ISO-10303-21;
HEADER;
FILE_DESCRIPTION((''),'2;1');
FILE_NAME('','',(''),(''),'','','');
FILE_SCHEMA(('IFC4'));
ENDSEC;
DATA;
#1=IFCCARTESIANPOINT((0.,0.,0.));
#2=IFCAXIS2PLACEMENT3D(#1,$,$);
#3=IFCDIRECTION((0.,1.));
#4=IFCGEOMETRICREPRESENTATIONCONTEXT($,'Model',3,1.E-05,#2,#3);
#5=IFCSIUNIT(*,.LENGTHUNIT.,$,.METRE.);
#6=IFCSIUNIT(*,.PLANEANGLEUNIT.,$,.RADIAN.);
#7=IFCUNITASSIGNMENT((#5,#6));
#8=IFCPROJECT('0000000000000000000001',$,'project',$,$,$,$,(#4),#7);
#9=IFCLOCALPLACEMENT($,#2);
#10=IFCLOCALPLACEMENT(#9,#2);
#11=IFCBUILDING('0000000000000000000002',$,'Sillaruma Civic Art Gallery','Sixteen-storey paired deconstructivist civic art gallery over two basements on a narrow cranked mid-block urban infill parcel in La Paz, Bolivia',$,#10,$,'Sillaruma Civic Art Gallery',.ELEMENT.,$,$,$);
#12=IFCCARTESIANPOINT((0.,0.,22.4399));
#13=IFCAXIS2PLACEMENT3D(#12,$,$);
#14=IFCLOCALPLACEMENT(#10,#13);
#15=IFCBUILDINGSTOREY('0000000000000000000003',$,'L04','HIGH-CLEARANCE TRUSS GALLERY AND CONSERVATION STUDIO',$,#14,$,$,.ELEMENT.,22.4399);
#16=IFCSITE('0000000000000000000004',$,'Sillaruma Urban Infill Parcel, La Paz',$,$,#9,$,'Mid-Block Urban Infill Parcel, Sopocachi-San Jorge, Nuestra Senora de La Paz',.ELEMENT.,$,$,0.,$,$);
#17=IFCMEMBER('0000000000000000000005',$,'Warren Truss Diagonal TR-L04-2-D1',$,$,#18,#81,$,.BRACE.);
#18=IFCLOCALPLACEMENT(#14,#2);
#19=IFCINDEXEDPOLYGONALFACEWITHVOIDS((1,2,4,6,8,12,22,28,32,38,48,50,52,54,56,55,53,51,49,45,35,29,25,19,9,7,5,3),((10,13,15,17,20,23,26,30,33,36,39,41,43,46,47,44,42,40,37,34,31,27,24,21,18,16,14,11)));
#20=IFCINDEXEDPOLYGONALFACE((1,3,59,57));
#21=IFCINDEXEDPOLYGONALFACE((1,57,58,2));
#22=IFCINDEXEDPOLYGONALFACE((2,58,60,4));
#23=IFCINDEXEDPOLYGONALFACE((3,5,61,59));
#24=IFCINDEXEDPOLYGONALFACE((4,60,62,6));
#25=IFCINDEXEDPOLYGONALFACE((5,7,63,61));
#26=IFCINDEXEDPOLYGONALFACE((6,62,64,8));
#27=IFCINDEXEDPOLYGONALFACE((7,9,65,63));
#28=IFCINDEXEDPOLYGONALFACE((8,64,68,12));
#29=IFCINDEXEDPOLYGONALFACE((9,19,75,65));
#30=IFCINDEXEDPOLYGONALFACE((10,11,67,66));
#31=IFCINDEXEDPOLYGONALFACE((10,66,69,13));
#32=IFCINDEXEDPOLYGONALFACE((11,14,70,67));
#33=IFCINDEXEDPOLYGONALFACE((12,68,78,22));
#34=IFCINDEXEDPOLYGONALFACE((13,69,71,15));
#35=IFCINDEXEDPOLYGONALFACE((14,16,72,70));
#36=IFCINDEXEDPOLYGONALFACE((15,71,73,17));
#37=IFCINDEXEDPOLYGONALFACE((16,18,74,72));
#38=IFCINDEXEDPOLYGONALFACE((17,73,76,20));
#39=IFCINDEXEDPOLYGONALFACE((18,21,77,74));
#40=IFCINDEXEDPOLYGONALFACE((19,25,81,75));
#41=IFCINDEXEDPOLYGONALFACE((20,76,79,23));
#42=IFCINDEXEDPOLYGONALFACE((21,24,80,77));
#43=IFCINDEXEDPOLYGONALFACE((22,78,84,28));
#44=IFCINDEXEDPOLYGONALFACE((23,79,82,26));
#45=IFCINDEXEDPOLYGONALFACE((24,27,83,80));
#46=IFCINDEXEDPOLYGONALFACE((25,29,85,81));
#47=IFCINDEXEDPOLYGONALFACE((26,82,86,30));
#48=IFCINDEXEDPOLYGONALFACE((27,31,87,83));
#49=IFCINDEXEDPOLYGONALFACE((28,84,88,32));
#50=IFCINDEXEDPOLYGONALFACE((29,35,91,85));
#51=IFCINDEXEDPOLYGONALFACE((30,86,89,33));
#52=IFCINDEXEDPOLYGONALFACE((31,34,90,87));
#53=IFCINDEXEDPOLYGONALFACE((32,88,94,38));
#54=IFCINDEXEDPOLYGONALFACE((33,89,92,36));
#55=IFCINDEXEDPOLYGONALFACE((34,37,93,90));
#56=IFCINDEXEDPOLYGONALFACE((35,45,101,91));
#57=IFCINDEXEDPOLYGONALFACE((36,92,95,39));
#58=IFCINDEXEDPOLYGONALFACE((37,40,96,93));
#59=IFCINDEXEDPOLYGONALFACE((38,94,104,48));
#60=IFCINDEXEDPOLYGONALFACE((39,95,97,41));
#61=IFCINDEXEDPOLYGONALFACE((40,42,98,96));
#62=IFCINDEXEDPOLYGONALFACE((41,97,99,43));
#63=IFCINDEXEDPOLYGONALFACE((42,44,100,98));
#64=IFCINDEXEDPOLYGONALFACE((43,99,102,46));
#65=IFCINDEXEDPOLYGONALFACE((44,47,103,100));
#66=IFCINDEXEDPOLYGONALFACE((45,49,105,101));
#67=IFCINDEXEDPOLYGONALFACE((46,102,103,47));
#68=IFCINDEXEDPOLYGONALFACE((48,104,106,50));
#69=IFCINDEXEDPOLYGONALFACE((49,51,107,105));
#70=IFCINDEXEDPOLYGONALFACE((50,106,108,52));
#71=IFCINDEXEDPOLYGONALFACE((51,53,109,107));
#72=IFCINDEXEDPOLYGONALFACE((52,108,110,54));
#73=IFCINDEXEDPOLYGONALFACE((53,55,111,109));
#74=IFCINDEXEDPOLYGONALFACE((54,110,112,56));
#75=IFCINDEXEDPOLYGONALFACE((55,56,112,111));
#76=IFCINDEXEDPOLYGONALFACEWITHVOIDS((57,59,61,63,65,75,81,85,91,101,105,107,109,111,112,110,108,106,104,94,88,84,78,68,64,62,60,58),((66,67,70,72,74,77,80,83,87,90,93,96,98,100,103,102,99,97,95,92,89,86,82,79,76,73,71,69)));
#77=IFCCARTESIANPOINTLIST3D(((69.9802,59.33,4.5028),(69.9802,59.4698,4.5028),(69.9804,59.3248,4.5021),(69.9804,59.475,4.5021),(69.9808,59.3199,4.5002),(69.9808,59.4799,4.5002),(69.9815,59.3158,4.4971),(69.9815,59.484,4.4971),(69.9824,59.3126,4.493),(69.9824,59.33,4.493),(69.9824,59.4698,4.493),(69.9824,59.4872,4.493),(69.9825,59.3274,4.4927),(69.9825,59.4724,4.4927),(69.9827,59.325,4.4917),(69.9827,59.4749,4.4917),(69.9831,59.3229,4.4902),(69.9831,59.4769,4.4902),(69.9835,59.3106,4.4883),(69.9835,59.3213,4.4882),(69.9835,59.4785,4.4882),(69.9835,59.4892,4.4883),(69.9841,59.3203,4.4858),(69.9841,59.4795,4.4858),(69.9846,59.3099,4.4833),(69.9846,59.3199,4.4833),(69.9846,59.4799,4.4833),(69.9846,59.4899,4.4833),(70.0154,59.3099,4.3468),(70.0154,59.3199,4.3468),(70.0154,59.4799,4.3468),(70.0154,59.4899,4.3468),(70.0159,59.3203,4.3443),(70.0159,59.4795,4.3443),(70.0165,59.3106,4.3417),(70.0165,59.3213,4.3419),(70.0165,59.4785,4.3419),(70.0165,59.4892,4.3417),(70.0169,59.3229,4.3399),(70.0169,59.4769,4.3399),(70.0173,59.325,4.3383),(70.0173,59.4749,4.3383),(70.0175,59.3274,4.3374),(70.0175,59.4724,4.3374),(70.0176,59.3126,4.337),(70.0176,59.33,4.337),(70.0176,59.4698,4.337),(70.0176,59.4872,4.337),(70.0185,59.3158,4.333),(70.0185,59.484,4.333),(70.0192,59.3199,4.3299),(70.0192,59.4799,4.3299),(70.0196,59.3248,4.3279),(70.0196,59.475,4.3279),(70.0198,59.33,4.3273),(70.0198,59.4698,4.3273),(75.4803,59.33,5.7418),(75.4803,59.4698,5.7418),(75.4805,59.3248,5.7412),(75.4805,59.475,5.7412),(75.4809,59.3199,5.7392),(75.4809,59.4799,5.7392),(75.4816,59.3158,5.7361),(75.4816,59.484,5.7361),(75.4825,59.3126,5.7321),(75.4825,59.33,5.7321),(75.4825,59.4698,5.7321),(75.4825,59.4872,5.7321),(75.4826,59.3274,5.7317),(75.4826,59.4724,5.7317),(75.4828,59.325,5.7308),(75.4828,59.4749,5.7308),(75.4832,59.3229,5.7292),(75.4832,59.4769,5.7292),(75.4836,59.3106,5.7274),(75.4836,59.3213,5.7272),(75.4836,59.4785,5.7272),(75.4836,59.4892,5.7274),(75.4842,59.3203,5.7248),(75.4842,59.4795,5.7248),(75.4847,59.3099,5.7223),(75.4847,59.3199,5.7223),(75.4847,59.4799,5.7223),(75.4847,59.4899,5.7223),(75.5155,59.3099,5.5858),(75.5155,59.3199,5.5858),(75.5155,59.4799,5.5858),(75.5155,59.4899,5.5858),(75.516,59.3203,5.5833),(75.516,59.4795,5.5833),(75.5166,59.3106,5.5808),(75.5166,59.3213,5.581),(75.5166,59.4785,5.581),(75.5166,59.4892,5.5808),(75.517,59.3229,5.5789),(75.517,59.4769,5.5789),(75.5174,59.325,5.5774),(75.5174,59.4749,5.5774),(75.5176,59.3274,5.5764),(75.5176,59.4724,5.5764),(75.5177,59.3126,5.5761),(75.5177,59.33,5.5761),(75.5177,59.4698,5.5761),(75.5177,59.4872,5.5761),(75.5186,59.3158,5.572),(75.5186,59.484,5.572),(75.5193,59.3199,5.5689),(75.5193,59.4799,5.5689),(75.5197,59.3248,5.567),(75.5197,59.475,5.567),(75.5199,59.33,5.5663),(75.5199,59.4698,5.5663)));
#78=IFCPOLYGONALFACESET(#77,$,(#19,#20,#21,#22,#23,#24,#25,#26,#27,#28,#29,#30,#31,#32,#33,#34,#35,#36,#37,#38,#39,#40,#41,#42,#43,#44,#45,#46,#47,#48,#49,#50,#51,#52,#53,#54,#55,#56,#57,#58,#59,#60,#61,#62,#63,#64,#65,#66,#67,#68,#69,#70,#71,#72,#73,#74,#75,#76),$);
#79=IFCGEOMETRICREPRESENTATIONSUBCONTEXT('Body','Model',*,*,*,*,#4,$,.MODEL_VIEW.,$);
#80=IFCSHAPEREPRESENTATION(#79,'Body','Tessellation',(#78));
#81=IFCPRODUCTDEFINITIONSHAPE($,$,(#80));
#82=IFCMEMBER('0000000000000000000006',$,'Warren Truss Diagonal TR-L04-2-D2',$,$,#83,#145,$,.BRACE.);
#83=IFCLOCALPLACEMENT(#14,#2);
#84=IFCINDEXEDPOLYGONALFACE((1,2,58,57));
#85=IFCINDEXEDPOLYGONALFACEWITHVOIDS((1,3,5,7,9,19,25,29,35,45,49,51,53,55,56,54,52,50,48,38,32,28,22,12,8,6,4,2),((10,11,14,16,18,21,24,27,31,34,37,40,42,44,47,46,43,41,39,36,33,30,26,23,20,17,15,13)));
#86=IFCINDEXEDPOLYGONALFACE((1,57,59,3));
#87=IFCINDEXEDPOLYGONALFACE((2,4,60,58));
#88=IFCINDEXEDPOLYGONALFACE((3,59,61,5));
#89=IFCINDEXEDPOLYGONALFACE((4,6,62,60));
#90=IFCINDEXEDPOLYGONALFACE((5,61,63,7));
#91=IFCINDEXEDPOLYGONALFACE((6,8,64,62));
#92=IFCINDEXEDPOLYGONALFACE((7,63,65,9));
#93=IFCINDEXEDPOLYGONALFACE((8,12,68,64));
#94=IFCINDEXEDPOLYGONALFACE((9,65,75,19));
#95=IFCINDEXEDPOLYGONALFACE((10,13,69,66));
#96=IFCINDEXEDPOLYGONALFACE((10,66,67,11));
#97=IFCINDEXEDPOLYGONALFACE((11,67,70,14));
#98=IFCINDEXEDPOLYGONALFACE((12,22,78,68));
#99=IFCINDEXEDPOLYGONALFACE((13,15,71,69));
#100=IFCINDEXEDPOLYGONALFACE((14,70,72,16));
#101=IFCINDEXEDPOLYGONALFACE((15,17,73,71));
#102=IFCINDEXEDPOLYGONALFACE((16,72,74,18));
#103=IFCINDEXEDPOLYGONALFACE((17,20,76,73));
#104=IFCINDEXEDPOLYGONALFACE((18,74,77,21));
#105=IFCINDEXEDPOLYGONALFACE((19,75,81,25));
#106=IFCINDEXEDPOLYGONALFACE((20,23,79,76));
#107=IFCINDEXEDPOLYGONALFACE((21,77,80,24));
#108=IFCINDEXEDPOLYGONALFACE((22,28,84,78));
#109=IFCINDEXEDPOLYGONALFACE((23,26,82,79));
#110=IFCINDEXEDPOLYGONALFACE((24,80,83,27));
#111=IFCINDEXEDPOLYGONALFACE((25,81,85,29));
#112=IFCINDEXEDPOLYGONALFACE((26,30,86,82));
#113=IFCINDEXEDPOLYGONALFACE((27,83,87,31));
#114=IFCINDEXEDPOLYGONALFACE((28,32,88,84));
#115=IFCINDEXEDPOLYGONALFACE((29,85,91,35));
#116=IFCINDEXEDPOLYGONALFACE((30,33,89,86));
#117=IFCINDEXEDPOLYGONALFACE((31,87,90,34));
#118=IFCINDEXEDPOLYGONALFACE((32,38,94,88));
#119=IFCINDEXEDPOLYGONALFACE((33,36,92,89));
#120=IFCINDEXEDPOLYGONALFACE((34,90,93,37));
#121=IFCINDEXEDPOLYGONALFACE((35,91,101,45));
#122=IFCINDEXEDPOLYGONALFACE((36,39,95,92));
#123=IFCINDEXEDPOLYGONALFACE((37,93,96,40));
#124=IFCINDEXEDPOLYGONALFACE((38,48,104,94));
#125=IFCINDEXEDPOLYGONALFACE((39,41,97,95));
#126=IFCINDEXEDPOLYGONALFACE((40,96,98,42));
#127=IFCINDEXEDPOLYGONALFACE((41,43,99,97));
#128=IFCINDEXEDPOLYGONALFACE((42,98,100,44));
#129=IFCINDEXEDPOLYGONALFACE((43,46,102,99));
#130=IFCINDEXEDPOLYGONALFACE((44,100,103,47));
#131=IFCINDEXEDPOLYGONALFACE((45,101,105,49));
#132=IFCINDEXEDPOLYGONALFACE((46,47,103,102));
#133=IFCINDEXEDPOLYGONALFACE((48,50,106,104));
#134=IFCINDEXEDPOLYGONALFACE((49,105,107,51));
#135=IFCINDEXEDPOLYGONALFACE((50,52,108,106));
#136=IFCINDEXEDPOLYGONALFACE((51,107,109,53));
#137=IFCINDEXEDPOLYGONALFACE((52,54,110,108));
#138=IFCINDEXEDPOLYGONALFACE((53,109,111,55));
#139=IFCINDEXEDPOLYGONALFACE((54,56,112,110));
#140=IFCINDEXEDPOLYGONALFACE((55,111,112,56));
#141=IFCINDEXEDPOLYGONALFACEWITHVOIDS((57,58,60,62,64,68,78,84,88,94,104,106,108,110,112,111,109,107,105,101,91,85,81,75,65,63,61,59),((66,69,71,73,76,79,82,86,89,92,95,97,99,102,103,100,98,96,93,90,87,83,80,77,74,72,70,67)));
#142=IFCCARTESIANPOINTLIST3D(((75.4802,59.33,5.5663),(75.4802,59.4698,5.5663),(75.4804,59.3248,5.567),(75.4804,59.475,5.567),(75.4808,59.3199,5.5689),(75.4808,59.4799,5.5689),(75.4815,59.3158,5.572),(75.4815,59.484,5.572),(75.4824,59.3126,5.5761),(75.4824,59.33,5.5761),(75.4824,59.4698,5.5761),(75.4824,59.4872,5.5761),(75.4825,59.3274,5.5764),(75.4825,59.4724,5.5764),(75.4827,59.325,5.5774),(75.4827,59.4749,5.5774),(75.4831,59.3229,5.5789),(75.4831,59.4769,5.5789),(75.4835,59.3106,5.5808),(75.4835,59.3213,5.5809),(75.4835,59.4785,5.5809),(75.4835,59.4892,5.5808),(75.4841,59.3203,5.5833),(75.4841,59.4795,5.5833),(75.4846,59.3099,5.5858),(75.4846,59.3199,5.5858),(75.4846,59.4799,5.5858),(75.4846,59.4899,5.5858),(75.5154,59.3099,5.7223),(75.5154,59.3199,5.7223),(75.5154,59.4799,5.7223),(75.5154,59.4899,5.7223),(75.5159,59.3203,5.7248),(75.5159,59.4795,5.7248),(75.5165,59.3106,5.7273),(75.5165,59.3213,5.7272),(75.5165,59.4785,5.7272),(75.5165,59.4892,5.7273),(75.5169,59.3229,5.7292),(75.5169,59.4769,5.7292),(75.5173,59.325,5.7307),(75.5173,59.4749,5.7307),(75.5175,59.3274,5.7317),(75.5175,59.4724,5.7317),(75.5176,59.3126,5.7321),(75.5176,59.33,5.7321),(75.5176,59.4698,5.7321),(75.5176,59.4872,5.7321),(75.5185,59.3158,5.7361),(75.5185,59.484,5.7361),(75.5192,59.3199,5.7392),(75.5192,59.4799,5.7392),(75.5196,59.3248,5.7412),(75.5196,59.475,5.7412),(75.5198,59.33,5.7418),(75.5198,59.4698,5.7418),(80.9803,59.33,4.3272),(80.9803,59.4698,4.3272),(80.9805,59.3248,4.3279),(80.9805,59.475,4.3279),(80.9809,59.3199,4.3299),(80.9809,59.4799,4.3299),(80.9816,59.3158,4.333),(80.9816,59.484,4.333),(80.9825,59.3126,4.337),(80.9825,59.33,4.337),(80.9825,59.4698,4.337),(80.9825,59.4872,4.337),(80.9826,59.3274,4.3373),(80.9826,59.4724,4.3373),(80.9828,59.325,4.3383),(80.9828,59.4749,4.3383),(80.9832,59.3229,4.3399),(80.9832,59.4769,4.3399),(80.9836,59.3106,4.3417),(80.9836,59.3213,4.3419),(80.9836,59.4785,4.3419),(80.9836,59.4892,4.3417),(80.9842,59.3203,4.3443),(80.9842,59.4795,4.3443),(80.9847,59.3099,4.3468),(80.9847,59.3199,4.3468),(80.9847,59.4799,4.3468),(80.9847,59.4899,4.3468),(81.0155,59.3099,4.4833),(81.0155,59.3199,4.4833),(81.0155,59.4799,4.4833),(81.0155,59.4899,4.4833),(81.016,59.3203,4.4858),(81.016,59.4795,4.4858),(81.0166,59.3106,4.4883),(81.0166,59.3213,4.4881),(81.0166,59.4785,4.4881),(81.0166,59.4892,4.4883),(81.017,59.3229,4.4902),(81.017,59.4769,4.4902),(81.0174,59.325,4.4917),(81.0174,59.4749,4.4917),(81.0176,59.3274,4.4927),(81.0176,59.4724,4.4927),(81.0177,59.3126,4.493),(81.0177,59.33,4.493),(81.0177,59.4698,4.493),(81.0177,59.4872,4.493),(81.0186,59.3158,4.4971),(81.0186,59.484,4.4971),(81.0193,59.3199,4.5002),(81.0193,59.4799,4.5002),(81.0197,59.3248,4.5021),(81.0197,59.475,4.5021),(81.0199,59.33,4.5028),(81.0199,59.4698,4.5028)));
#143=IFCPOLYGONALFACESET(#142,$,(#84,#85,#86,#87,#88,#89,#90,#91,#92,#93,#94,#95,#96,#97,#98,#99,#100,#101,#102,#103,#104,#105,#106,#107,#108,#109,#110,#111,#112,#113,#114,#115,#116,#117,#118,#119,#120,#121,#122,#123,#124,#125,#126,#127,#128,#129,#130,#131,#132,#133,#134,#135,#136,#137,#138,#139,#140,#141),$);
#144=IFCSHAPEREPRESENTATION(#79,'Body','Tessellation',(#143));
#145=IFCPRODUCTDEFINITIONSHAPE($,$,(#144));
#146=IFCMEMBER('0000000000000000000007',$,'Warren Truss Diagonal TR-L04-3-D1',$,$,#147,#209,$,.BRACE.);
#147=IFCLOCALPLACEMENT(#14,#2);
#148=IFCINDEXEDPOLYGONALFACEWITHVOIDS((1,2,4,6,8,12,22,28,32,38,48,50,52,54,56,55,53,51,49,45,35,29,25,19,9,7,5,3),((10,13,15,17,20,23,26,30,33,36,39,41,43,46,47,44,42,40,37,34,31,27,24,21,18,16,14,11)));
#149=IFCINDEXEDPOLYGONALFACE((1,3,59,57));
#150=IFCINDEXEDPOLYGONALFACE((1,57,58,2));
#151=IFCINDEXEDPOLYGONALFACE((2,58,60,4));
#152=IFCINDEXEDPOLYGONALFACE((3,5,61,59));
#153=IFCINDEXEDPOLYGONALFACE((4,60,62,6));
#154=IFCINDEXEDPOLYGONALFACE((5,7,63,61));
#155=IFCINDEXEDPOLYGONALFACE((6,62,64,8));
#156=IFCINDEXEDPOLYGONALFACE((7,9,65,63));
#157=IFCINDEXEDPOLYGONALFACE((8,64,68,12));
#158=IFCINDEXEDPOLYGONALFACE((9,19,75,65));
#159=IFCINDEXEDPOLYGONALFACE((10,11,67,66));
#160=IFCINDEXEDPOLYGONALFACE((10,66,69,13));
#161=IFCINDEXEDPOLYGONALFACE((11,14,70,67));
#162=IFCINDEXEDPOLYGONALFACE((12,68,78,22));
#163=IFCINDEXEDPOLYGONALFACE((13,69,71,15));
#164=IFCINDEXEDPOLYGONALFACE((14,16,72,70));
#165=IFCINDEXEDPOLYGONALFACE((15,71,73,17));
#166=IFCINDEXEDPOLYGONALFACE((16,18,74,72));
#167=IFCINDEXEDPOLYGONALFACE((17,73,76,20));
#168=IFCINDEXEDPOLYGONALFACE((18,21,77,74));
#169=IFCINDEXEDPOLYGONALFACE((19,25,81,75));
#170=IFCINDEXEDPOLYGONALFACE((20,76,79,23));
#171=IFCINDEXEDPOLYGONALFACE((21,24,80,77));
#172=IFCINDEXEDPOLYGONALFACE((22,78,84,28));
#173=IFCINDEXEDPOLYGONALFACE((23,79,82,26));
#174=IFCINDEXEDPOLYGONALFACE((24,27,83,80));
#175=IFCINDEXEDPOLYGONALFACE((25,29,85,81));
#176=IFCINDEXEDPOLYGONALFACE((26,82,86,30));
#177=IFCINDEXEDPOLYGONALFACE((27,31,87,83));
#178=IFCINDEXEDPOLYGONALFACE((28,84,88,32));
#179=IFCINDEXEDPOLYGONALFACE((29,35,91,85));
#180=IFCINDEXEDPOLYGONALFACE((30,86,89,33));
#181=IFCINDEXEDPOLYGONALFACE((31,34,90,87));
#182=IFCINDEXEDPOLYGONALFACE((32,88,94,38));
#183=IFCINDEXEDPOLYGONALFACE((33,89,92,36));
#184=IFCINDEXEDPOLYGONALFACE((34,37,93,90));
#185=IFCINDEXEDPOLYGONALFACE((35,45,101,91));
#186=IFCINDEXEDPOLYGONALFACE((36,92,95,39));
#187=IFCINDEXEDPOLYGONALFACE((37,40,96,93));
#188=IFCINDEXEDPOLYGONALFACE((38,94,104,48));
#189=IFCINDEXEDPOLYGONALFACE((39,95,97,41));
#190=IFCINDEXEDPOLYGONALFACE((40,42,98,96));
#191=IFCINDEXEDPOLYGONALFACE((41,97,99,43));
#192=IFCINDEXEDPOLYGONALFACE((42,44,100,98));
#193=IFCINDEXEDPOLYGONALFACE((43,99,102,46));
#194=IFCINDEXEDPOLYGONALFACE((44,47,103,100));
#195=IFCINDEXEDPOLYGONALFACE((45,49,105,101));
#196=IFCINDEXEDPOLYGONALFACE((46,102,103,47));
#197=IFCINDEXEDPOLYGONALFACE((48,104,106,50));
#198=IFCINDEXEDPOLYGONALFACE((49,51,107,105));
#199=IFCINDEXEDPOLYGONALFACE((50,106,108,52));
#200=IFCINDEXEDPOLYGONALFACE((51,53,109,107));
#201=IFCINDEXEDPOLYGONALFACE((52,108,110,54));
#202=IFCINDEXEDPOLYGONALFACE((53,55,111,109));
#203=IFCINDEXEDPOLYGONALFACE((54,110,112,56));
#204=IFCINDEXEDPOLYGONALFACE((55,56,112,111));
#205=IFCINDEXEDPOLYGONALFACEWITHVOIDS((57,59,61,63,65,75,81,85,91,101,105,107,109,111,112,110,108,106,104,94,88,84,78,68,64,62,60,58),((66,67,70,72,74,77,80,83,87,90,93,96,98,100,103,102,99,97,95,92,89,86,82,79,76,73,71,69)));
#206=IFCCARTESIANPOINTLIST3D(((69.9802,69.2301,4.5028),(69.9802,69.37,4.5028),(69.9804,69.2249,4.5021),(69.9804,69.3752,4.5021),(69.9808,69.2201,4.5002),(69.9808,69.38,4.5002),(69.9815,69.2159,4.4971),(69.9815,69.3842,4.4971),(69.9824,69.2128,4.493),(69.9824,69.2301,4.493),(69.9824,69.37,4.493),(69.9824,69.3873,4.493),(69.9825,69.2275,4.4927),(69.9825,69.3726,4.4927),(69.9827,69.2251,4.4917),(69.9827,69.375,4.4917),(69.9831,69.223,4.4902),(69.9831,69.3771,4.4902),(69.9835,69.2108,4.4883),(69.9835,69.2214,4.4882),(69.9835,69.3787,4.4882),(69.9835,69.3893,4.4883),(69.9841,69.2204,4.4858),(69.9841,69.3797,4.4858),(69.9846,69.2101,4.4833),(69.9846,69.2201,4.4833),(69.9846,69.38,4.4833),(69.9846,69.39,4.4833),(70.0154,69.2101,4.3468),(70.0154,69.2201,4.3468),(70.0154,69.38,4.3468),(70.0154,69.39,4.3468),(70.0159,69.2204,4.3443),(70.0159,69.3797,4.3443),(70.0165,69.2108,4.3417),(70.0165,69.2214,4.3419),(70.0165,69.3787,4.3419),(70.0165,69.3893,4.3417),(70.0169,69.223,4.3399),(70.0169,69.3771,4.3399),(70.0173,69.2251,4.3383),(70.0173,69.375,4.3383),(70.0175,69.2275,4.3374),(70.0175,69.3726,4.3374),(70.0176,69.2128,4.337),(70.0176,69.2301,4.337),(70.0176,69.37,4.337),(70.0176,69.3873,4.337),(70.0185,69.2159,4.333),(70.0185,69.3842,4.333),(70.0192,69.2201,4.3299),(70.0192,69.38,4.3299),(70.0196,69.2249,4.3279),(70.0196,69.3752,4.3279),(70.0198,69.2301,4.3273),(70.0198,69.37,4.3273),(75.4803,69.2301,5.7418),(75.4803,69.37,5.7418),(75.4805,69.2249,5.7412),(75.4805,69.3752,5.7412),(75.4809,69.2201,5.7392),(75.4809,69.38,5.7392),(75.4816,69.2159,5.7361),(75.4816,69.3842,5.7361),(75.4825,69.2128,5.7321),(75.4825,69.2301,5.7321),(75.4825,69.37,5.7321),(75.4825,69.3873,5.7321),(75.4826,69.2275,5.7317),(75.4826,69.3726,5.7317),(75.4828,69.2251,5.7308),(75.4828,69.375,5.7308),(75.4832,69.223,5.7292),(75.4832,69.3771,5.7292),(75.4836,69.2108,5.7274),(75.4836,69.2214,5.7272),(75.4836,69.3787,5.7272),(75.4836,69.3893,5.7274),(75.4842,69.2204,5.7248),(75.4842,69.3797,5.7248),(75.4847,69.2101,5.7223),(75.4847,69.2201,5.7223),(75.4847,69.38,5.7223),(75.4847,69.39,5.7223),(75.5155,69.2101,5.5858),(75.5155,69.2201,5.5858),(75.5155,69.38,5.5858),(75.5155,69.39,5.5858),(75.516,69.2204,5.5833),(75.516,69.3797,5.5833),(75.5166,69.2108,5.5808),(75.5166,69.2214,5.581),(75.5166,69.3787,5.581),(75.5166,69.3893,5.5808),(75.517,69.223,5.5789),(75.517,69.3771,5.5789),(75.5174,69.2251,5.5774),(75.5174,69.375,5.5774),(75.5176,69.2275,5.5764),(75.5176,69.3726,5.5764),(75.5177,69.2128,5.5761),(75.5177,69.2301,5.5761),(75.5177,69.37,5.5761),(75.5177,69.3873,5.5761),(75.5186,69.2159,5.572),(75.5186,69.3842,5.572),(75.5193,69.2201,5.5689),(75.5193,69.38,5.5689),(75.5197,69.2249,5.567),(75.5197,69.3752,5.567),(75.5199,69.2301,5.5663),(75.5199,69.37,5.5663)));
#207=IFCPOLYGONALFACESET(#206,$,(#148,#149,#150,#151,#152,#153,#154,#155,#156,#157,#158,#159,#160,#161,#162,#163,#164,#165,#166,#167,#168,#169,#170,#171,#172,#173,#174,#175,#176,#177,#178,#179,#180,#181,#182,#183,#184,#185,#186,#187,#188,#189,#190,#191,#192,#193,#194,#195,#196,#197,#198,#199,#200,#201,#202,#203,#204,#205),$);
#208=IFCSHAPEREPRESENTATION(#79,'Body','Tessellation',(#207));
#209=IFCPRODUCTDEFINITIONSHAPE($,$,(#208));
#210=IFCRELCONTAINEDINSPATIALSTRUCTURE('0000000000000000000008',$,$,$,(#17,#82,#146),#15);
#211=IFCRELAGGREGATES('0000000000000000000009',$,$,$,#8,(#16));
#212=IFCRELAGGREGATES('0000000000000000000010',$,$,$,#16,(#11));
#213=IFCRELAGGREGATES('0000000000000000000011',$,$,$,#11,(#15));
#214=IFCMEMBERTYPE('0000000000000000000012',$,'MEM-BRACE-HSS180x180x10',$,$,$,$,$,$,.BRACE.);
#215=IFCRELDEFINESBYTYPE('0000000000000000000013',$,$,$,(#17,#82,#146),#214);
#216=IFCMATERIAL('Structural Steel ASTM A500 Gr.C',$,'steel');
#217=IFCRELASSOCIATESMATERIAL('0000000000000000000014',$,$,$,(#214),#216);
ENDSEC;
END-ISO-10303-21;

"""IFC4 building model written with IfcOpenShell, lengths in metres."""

from ifc_helpers import new_model, si_unit, direction, frame, origin, origin_2d, place, context, subcontext, project, spatial, hollow_rectangle, extrude, material, material_profile, profile_set, type_object, element, save


model = new_model("IFC4")

# Units and contexts
model_context = context("Model", 3, precision=1e-05, world=origin(), true_north=direction((0.0, 1.0)))
body_context = subcontext(model_context, "Body", "Model", "MODEL_VIEW")
ifc_project = project(units=[si_unit("LENGTHUNIT", "METRE"), si_unit("PLANEANGLEUNIT", "RADIAN")], contexts=[model_context])

# Site, building, storey
site_placement = place(None, origin())
site = spatial("IfcSite", under=ifc_project, at=site_placement, Name="Sillaruma Urban Infill Parcel, La Paz", LongName="Mid-Block Urban Infill Parcel, Sopocachi-San Jorge, Nuestra Senora de La Paz", CompositionType="ELEMENT", RefElevation=0.0)
building_placement = place(site_placement, origin())
building = spatial("IfcBuilding", under=site, at=building_placement, Name="Sillaruma Civic Art Gallery", Description="Sixteen-storey paired deconstructivist civic art gallery over two basements on a narrow cranked mid-block urban infill parcel in La Paz, Bolivia", LongName="Sillaruma Civic Art Gallery", CompositionType="ELEMENT")
storey_placement = place(building_placement, frame((0.0, 0.0, 22.4399)))
storey = spatial("IfcBuildingStorey", under=building, at=storey_placement, Name="L04", Description="HIGH-CLEARANCE TRUSS GALLERY AND CONSERVATION STUDIO", CompositionType="ELEMENT", Elevation=22.4399)

# Members
ifc_material_1 = material(Name="Structural Steel ASTM A500 Gr.C", Category="steel")
ifc_material_profile_1 = material_profile(ifc_material_1, hollow_rectangle(XDim=0.1799, YDim=0.1799, WallThickness=0.01, InnerFilletRadius=0.01, OuterFilletRadius=0.02, at=origin_2d()), Name="HSS180x180x10")
ifc_profile_set_1 = profile_set([ifc_material_profile_1], Name="Structural Steel ASTM A500 Gr.C")
member_type_1 = type_object("IfcMemberType", Name="MEM-BRACE-HSS180x180x10", PredefinedType="BRACE", material=ifc_profile_set_1)
for number, where, z_axis, x_axis, name in (
    (1, (70.0, 59.3999, 4.415), (0.975552, 0.0, 0.219768), (0.0, 1.0, 0.0), "Warren Truss Diagonal TR-L04-2-D1"),
    (2, (75.5, 59.3999, 5.6541), (0.975552, 0.0, -0.219768), (0.0, 1.0, 0.0), "Warren Truss Diagonal TR-L04-2-D2"),
    (3, (70.0, 69.3, 4.415), (0.975552, 0.0, 0.219768), (0.0, 1.0, 0.0), "Warren Truss Diagonal TR-L04-3-D1"),
):
    element("IfcMember", number, at=place(storey_placement, frame(where, z_axis=z_axis, x_axis=x_axis)), inside=storey, type_object=member_type_1, Name=name, PredefinedType="BRACE", context=body_context, shape_type="SweptSolid", body=[
        extrude(hollow_rectangle(XDim=0.1799, YDim=0.1799, WallThickness=0.01, InnerFilletRadius=0.01, OuterFilletRadius=0.02, at=origin_2d()), origin(), (0.0, 0.0, 1.0), 5.6379),
    ])

save(model, "model.ifc")
